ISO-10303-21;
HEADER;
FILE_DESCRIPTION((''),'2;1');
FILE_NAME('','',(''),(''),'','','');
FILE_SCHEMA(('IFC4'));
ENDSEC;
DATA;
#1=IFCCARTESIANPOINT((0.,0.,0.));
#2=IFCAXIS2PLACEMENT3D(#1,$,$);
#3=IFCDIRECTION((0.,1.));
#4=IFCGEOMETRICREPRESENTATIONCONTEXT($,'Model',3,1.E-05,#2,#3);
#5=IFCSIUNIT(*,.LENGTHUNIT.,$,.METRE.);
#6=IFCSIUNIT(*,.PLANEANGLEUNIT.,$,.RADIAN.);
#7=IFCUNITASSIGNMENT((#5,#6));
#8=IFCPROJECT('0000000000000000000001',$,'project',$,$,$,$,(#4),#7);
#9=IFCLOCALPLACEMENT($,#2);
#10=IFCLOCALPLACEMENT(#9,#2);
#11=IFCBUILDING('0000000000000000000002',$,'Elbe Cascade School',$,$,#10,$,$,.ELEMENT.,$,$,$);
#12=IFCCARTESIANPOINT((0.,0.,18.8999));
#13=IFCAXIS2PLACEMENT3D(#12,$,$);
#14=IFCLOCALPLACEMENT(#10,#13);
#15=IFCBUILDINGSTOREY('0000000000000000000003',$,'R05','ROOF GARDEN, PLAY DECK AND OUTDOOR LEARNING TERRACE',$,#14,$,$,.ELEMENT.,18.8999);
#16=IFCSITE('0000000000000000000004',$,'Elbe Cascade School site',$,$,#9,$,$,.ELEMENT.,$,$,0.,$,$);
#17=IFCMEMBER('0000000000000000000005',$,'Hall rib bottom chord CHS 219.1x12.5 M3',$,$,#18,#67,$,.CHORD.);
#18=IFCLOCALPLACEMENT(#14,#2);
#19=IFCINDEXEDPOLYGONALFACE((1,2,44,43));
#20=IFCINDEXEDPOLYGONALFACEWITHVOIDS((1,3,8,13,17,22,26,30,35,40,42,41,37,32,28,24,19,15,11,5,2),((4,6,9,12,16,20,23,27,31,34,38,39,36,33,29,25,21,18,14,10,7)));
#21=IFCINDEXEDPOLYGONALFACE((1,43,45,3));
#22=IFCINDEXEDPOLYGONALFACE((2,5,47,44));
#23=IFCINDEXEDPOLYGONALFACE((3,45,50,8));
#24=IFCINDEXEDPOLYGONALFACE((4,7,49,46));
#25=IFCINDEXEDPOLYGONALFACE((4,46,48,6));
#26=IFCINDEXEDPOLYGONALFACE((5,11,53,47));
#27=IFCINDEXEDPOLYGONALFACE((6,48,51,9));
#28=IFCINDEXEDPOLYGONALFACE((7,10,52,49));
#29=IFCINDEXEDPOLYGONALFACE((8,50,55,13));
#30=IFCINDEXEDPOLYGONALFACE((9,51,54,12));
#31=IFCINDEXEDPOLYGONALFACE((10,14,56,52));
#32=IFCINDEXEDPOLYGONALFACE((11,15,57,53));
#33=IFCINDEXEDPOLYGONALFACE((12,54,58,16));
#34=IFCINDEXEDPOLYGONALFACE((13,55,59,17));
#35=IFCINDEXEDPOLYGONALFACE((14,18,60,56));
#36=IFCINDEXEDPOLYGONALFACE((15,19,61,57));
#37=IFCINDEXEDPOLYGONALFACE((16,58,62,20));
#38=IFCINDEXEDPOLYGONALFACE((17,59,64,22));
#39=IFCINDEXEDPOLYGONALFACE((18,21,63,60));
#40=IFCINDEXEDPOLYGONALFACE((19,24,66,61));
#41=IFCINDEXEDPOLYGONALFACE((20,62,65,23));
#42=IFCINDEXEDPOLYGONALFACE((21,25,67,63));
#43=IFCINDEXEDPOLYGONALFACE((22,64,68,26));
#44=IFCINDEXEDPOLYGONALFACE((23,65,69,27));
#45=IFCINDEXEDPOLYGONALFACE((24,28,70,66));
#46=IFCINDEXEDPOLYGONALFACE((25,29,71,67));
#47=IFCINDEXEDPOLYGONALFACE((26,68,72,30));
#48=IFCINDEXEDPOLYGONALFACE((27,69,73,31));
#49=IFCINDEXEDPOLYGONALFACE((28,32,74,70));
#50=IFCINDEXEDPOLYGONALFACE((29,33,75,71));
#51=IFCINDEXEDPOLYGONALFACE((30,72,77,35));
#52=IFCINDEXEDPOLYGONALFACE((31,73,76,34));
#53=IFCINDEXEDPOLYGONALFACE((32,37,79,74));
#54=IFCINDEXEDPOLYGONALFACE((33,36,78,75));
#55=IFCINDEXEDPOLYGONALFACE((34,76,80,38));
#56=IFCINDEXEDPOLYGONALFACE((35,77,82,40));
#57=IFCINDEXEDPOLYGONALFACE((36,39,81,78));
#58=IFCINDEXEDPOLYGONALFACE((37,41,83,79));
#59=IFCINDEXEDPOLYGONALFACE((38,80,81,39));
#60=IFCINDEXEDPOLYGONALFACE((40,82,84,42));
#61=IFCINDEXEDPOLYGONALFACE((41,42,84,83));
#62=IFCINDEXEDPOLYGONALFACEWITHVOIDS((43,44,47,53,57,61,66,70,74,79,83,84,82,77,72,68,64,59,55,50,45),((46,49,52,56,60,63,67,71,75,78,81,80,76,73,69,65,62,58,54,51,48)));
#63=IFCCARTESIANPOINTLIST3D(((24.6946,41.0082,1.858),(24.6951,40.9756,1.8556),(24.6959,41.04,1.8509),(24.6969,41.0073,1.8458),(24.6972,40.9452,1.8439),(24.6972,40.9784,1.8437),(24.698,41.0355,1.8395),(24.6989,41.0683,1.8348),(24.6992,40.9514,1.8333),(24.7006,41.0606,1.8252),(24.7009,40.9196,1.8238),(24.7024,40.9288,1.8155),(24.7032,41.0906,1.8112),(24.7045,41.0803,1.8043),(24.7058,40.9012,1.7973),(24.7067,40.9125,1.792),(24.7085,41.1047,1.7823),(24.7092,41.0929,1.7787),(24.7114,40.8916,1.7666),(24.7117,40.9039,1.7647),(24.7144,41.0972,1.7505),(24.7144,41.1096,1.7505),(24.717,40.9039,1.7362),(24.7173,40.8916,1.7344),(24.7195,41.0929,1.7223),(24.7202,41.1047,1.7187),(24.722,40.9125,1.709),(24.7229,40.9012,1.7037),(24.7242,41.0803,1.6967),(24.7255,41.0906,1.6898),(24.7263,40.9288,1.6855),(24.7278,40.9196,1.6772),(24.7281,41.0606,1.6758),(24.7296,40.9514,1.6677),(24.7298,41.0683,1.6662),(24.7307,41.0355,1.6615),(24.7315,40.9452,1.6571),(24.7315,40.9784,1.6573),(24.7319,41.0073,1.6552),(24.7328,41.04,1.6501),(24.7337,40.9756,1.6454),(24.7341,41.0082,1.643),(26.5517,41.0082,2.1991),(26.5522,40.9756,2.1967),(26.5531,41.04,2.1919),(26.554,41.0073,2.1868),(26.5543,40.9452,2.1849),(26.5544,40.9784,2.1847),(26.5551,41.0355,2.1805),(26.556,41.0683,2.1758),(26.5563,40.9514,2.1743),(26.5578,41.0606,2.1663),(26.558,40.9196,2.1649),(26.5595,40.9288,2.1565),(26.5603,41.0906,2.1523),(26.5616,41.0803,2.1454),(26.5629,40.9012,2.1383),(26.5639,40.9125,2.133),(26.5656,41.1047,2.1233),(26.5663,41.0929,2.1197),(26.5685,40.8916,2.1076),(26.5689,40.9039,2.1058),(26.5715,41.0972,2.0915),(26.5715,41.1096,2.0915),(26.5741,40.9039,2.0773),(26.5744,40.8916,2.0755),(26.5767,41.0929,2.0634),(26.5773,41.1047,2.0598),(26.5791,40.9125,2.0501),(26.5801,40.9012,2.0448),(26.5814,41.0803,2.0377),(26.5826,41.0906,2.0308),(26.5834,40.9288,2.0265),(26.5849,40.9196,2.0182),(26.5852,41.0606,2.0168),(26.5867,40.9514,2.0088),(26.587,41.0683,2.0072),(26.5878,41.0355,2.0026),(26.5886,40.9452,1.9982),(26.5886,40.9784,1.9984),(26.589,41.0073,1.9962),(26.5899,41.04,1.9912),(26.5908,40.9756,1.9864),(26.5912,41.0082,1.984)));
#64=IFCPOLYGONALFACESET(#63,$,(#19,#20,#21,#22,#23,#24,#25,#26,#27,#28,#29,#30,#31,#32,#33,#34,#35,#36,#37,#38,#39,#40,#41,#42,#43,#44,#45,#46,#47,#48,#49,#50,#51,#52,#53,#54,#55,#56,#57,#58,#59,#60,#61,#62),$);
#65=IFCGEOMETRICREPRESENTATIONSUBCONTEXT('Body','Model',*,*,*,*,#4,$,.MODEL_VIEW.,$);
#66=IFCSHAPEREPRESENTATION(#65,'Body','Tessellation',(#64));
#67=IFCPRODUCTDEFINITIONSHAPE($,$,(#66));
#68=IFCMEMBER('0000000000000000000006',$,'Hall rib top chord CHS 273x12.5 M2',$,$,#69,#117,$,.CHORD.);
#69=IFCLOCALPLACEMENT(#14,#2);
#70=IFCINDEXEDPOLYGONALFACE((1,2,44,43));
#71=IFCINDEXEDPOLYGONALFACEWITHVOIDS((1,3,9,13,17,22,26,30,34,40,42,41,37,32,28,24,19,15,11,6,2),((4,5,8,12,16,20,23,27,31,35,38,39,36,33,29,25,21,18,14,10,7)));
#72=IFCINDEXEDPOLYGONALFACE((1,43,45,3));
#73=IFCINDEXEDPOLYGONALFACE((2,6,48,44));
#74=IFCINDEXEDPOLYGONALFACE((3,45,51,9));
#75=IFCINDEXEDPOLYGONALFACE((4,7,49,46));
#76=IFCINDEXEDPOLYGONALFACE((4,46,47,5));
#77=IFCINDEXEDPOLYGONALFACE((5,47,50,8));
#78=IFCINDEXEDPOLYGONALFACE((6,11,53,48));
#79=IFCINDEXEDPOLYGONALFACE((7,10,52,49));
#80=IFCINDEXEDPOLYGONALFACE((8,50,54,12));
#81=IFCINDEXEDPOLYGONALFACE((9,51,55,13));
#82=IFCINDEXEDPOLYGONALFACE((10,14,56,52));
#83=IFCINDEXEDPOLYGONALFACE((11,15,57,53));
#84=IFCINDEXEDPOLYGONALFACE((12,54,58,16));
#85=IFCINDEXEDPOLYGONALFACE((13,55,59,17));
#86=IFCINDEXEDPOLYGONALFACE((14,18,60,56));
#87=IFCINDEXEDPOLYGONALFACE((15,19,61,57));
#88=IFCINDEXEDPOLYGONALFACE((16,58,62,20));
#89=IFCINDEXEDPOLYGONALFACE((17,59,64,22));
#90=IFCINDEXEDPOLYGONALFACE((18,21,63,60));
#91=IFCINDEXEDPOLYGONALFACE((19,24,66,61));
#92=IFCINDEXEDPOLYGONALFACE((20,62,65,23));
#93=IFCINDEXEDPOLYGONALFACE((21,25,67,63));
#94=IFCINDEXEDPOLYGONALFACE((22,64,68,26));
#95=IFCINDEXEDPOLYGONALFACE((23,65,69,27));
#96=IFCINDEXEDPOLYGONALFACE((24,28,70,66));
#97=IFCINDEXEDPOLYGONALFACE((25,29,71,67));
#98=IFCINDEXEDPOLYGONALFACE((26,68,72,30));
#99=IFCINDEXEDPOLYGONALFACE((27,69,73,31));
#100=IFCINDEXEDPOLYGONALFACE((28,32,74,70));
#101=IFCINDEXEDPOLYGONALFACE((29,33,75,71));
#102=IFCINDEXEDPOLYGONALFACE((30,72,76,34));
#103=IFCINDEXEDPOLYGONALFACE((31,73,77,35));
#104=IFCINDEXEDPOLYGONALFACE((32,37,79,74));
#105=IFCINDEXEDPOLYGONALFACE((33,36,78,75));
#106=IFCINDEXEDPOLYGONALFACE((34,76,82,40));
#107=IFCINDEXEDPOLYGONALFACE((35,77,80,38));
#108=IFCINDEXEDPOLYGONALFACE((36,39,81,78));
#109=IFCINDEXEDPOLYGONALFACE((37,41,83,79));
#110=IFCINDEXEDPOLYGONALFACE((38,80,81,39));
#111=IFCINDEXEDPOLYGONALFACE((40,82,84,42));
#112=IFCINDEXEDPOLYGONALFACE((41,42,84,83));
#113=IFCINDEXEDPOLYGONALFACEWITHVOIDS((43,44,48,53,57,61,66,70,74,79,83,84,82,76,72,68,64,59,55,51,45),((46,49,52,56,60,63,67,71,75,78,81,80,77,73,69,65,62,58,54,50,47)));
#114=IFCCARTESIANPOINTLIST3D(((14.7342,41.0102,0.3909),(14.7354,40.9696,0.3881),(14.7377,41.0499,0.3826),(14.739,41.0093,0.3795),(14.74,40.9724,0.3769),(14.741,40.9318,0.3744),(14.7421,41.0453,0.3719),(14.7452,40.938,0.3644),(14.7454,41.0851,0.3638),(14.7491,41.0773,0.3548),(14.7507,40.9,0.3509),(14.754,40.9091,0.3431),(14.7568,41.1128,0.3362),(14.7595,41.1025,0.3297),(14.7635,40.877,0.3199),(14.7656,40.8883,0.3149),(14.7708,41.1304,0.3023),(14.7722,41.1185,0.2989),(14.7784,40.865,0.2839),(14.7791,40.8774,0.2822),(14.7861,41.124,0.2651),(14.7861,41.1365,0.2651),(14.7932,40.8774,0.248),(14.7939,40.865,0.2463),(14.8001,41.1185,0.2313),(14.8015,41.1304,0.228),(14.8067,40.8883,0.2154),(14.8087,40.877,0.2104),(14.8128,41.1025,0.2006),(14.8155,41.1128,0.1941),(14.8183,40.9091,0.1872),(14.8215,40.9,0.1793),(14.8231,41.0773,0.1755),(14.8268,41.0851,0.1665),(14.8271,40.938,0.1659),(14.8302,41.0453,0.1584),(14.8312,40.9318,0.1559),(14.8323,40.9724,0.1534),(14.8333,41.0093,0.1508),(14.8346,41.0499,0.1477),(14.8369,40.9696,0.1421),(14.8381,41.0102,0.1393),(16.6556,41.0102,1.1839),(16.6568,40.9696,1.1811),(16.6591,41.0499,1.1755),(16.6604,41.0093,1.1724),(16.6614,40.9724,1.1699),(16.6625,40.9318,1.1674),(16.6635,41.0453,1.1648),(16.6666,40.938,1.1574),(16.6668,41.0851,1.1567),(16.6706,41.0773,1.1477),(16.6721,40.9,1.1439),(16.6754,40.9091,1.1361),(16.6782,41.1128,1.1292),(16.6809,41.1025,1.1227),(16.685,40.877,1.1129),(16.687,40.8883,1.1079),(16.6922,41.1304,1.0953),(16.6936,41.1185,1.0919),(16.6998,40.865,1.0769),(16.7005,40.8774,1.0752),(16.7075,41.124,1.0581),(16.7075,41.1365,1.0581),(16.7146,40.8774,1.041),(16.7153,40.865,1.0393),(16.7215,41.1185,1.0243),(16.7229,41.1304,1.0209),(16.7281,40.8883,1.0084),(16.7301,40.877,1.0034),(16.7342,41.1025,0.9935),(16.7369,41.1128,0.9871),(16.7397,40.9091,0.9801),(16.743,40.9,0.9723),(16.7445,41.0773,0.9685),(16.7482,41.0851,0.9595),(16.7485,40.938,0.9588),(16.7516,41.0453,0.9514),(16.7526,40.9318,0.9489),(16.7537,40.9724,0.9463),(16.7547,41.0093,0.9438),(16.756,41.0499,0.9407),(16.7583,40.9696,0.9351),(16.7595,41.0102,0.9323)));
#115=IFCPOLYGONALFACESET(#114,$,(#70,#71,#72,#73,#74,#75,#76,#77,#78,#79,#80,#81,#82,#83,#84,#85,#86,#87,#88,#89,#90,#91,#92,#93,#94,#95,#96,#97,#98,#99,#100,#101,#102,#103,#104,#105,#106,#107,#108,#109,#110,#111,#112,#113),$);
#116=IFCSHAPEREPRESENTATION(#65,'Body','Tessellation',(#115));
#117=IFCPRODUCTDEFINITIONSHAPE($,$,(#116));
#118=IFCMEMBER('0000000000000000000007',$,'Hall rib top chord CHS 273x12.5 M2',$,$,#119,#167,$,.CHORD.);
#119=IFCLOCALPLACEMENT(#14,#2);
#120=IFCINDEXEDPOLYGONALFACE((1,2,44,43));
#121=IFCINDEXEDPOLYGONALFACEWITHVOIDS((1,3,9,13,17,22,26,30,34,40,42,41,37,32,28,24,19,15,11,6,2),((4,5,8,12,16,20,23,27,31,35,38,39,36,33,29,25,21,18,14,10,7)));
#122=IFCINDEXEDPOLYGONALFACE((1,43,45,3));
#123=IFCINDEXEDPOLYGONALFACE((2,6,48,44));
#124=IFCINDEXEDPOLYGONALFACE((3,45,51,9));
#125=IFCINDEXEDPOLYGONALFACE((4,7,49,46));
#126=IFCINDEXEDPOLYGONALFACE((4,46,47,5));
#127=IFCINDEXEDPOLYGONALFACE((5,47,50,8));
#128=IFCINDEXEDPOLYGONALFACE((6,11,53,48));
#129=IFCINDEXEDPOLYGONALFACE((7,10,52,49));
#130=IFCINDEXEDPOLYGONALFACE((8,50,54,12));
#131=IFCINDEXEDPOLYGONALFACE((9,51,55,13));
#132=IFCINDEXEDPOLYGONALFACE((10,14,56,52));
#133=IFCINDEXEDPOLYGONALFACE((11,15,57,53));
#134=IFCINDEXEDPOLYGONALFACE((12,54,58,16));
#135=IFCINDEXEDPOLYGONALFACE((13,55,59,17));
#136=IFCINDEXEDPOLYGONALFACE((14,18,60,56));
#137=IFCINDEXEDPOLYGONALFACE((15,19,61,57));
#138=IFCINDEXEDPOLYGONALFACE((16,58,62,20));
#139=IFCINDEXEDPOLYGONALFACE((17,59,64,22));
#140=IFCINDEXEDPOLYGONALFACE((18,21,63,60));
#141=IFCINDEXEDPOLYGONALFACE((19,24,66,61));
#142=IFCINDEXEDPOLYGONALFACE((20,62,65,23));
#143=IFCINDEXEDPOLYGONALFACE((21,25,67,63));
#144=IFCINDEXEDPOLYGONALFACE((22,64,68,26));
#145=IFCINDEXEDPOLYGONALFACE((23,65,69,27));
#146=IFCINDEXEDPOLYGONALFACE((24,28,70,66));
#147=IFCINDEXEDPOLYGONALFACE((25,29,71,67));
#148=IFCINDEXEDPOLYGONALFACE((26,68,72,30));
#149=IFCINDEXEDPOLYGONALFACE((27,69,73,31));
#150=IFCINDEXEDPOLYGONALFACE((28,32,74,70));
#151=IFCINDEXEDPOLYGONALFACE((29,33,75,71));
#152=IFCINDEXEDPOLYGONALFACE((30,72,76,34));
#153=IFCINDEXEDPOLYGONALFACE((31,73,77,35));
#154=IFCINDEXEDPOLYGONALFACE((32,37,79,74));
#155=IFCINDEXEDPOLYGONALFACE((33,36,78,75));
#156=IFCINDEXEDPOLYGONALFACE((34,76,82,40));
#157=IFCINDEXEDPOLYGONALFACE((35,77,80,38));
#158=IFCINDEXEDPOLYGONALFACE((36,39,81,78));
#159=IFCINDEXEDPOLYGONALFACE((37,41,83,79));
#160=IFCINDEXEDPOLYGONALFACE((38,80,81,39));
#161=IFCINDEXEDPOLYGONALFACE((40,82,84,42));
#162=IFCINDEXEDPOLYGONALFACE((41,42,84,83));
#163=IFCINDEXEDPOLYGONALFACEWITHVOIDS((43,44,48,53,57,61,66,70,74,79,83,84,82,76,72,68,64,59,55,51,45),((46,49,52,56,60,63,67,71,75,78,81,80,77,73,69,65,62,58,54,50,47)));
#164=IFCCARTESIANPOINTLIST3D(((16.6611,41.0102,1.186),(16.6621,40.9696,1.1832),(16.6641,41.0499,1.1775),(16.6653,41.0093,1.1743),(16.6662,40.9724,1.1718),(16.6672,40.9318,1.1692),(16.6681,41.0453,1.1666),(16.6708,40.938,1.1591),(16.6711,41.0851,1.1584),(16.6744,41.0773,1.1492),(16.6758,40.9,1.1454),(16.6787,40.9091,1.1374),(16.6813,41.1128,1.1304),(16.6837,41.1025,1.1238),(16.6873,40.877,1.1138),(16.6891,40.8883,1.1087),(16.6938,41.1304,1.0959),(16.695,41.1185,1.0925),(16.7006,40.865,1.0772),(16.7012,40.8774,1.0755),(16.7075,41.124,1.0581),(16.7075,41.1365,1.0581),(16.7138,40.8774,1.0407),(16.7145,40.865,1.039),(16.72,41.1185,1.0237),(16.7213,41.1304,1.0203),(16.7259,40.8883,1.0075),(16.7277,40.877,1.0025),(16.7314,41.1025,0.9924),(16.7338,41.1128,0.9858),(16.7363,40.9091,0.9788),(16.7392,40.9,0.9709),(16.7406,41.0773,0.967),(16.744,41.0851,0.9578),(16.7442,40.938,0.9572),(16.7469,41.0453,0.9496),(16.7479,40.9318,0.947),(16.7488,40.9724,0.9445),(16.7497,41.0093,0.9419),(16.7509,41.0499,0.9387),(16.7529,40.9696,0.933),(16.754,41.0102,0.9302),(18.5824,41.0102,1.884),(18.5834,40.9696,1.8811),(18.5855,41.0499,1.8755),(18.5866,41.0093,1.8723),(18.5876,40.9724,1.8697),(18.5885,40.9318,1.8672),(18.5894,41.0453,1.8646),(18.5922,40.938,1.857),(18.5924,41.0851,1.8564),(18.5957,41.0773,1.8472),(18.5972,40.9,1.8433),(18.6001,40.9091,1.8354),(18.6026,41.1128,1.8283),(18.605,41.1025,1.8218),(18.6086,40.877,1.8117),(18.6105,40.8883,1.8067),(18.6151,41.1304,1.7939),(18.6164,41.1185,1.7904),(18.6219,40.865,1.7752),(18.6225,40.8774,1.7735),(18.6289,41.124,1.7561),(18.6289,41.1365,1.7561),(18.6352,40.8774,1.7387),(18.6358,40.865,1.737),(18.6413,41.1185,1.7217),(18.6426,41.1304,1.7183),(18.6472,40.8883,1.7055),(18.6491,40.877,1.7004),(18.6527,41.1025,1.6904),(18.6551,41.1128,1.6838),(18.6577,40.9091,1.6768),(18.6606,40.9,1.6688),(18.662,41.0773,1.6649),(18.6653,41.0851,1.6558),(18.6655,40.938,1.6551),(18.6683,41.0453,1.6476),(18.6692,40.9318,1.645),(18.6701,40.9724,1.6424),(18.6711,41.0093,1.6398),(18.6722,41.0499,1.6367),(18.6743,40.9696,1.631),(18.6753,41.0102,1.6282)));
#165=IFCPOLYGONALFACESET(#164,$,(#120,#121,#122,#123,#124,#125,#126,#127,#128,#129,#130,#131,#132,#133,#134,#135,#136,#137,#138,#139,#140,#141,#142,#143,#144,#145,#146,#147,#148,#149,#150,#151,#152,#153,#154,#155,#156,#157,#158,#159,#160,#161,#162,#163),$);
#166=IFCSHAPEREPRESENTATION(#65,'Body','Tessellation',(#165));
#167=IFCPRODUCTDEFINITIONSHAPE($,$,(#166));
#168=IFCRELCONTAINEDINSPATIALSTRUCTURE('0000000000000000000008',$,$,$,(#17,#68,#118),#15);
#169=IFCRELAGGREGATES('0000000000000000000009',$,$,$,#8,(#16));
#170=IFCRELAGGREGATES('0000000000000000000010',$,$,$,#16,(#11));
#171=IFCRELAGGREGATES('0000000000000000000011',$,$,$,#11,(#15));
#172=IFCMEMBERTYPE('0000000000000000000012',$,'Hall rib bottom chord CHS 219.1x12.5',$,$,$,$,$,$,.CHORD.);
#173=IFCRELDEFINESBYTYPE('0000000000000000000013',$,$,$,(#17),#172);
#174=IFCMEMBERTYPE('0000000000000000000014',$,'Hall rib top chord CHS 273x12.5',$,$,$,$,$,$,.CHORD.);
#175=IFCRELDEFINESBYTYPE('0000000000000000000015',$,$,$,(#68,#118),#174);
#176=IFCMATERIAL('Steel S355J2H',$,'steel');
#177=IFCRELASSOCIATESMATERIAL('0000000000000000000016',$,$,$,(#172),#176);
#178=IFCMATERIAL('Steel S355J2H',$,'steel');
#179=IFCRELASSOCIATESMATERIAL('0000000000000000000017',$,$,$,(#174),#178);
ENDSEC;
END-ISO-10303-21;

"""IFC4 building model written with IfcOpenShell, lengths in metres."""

from ifc_helpers import new_model, si_unit, direction, frame, origin, origin_2d, place, context, subcontext, project, spatial, hollow_circle, extrude, material, material_profile, profile_set, type_object, element, save


model = new_model("IFC4")

# Units and contexts
model_context = context("Model", 3, precision=1e-05, world=origin(), true_north=direction((0.0, 1.0)))
body_context = subcontext(model_context, "Body", "Model", "MODEL_VIEW")
ifc_project = project(units=[si_unit("LENGTHUNIT", "METRE"), si_unit("PLANEANGLEUNIT", "RADIAN")], contexts=[model_context])

# Site, building, storey
site_placement = place(None, origin())
site = spatial("IfcSite", under=ifc_project, at=site_placement, Name="Elbe Cascade School site", CompositionType="ELEMENT", RefElevation=0.0)
building_placement = place(site_placement, origin())
building = spatial("IfcBuilding", under=site, at=building_placement, Name="Elbe Cascade School", CompositionType="ELEMENT")
storey_placement = place(building_placement, frame((0.0, 0.0, 18.8999)))
storey = spatial("IfcBuildingStorey", under=building, at=storey_placement, Name="R05", Description="ROOF GARDEN, PLAY DECK AND OUTDOOR LEARNING TERRACE", CompositionType="ELEMENT", Elevation=18.8999)

# Members
ifc_material_1 = material(Name="Steel S355J2H", Category="steel")
ifc_material_profile_1 = material_profile(ifc_material_1, hollow_circle(Radius=0.1096, WallThickness=0.0125, at=origin_2d()), Name="CHS 219.1x12.5")
ifc_profile_set_1 = profile_set([ifc_material_profile_1], Name="Steel S355J2H")
member_type_1 = type_object("IfcMemberType", Name="Hall rib bottom chord CHS 219.1x12.5", PredefinedType="CHORD", material=ifc_profile_set_1)
member_1_placement = place(storey_placement, frame((24.7144, 41.0, 1.7505), z_axis=(0.983552, 0.0, 0.180626), x_axis=(0.0, 1.0, 0.0)))
element("IfcMember", 1, at=member_1_placement, inside=storey, type_object=member_type_1, Name="Hall rib bottom chord CHS 219.1x12.5 M3", PredefinedType="CHORD", context=body_context, shape_type="SweptSolid", body=[
    extrude(hollow_circle(Radius=0.1096, WallThickness=0.0125, at=origin_2d()), origin(), (0.0, 0.0, 1.0), 1.8882),
])
ifc_material_2 = material(Name="Steel S355J2H", Category="steel")
ifc_material_profile_2 = material_profile(ifc_material_2, hollow_circle(Radius=0.1365, WallThickness=0.0125, at=origin_2d()), Name="CHS 273x12.5")
ifc_profile_set_2 = profile_set([ifc_material_profile_2], Name="Steel S355J2H")
member_type_2 = type_object("IfcMemberType", Name="Hall rib top chord CHS 273x12.5", PredefinedType="CHORD", material=ifc_profile_set_2)
member_2_placement = place(storey_placement, frame((14.7861, 41.0, 0.2651), z_axis=(0.924371, 0.0, 0.381494), x_axis=(0.0, 1.0, 0.0)))
element("IfcMember", 2, at=member_2_placement, inside=storey, type_object=member_type_2, Name="Hall rib top chord CHS 273x12.5 M2", PredefinedType="CHORD", context=body_context, shape_type="SweptSolid", body=[
    extrude(hollow_circle(Radius=0.1365, WallThickness=0.0125, at=origin_2d()), origin(), (0.0, 0.0, 1.0), 2.0786),
])
member_3_placement = place(storey_placement, frame((16.7075, 41.0, 1.0581), z_axis=(0.939901, 0.0, 0.341446), x_axis=(0.0, 1.0, 0.0)))
element("IfcMember", 3, at=member_3_placement, inside=storey, type_object=member_type_2, Name="Hall rib top chord CHS 273x12.5 M2", PredefinedType="CHORD", context=body_context, shape_type="SweptSolid", body=[
    extrude(hollow_circle(Radius=0.1365, WallThickness=0.0125, at=origin_2d()), origin(), (0.0, 0.0, 1.0), 2.0442),
])

save(model, "model.ifc")
